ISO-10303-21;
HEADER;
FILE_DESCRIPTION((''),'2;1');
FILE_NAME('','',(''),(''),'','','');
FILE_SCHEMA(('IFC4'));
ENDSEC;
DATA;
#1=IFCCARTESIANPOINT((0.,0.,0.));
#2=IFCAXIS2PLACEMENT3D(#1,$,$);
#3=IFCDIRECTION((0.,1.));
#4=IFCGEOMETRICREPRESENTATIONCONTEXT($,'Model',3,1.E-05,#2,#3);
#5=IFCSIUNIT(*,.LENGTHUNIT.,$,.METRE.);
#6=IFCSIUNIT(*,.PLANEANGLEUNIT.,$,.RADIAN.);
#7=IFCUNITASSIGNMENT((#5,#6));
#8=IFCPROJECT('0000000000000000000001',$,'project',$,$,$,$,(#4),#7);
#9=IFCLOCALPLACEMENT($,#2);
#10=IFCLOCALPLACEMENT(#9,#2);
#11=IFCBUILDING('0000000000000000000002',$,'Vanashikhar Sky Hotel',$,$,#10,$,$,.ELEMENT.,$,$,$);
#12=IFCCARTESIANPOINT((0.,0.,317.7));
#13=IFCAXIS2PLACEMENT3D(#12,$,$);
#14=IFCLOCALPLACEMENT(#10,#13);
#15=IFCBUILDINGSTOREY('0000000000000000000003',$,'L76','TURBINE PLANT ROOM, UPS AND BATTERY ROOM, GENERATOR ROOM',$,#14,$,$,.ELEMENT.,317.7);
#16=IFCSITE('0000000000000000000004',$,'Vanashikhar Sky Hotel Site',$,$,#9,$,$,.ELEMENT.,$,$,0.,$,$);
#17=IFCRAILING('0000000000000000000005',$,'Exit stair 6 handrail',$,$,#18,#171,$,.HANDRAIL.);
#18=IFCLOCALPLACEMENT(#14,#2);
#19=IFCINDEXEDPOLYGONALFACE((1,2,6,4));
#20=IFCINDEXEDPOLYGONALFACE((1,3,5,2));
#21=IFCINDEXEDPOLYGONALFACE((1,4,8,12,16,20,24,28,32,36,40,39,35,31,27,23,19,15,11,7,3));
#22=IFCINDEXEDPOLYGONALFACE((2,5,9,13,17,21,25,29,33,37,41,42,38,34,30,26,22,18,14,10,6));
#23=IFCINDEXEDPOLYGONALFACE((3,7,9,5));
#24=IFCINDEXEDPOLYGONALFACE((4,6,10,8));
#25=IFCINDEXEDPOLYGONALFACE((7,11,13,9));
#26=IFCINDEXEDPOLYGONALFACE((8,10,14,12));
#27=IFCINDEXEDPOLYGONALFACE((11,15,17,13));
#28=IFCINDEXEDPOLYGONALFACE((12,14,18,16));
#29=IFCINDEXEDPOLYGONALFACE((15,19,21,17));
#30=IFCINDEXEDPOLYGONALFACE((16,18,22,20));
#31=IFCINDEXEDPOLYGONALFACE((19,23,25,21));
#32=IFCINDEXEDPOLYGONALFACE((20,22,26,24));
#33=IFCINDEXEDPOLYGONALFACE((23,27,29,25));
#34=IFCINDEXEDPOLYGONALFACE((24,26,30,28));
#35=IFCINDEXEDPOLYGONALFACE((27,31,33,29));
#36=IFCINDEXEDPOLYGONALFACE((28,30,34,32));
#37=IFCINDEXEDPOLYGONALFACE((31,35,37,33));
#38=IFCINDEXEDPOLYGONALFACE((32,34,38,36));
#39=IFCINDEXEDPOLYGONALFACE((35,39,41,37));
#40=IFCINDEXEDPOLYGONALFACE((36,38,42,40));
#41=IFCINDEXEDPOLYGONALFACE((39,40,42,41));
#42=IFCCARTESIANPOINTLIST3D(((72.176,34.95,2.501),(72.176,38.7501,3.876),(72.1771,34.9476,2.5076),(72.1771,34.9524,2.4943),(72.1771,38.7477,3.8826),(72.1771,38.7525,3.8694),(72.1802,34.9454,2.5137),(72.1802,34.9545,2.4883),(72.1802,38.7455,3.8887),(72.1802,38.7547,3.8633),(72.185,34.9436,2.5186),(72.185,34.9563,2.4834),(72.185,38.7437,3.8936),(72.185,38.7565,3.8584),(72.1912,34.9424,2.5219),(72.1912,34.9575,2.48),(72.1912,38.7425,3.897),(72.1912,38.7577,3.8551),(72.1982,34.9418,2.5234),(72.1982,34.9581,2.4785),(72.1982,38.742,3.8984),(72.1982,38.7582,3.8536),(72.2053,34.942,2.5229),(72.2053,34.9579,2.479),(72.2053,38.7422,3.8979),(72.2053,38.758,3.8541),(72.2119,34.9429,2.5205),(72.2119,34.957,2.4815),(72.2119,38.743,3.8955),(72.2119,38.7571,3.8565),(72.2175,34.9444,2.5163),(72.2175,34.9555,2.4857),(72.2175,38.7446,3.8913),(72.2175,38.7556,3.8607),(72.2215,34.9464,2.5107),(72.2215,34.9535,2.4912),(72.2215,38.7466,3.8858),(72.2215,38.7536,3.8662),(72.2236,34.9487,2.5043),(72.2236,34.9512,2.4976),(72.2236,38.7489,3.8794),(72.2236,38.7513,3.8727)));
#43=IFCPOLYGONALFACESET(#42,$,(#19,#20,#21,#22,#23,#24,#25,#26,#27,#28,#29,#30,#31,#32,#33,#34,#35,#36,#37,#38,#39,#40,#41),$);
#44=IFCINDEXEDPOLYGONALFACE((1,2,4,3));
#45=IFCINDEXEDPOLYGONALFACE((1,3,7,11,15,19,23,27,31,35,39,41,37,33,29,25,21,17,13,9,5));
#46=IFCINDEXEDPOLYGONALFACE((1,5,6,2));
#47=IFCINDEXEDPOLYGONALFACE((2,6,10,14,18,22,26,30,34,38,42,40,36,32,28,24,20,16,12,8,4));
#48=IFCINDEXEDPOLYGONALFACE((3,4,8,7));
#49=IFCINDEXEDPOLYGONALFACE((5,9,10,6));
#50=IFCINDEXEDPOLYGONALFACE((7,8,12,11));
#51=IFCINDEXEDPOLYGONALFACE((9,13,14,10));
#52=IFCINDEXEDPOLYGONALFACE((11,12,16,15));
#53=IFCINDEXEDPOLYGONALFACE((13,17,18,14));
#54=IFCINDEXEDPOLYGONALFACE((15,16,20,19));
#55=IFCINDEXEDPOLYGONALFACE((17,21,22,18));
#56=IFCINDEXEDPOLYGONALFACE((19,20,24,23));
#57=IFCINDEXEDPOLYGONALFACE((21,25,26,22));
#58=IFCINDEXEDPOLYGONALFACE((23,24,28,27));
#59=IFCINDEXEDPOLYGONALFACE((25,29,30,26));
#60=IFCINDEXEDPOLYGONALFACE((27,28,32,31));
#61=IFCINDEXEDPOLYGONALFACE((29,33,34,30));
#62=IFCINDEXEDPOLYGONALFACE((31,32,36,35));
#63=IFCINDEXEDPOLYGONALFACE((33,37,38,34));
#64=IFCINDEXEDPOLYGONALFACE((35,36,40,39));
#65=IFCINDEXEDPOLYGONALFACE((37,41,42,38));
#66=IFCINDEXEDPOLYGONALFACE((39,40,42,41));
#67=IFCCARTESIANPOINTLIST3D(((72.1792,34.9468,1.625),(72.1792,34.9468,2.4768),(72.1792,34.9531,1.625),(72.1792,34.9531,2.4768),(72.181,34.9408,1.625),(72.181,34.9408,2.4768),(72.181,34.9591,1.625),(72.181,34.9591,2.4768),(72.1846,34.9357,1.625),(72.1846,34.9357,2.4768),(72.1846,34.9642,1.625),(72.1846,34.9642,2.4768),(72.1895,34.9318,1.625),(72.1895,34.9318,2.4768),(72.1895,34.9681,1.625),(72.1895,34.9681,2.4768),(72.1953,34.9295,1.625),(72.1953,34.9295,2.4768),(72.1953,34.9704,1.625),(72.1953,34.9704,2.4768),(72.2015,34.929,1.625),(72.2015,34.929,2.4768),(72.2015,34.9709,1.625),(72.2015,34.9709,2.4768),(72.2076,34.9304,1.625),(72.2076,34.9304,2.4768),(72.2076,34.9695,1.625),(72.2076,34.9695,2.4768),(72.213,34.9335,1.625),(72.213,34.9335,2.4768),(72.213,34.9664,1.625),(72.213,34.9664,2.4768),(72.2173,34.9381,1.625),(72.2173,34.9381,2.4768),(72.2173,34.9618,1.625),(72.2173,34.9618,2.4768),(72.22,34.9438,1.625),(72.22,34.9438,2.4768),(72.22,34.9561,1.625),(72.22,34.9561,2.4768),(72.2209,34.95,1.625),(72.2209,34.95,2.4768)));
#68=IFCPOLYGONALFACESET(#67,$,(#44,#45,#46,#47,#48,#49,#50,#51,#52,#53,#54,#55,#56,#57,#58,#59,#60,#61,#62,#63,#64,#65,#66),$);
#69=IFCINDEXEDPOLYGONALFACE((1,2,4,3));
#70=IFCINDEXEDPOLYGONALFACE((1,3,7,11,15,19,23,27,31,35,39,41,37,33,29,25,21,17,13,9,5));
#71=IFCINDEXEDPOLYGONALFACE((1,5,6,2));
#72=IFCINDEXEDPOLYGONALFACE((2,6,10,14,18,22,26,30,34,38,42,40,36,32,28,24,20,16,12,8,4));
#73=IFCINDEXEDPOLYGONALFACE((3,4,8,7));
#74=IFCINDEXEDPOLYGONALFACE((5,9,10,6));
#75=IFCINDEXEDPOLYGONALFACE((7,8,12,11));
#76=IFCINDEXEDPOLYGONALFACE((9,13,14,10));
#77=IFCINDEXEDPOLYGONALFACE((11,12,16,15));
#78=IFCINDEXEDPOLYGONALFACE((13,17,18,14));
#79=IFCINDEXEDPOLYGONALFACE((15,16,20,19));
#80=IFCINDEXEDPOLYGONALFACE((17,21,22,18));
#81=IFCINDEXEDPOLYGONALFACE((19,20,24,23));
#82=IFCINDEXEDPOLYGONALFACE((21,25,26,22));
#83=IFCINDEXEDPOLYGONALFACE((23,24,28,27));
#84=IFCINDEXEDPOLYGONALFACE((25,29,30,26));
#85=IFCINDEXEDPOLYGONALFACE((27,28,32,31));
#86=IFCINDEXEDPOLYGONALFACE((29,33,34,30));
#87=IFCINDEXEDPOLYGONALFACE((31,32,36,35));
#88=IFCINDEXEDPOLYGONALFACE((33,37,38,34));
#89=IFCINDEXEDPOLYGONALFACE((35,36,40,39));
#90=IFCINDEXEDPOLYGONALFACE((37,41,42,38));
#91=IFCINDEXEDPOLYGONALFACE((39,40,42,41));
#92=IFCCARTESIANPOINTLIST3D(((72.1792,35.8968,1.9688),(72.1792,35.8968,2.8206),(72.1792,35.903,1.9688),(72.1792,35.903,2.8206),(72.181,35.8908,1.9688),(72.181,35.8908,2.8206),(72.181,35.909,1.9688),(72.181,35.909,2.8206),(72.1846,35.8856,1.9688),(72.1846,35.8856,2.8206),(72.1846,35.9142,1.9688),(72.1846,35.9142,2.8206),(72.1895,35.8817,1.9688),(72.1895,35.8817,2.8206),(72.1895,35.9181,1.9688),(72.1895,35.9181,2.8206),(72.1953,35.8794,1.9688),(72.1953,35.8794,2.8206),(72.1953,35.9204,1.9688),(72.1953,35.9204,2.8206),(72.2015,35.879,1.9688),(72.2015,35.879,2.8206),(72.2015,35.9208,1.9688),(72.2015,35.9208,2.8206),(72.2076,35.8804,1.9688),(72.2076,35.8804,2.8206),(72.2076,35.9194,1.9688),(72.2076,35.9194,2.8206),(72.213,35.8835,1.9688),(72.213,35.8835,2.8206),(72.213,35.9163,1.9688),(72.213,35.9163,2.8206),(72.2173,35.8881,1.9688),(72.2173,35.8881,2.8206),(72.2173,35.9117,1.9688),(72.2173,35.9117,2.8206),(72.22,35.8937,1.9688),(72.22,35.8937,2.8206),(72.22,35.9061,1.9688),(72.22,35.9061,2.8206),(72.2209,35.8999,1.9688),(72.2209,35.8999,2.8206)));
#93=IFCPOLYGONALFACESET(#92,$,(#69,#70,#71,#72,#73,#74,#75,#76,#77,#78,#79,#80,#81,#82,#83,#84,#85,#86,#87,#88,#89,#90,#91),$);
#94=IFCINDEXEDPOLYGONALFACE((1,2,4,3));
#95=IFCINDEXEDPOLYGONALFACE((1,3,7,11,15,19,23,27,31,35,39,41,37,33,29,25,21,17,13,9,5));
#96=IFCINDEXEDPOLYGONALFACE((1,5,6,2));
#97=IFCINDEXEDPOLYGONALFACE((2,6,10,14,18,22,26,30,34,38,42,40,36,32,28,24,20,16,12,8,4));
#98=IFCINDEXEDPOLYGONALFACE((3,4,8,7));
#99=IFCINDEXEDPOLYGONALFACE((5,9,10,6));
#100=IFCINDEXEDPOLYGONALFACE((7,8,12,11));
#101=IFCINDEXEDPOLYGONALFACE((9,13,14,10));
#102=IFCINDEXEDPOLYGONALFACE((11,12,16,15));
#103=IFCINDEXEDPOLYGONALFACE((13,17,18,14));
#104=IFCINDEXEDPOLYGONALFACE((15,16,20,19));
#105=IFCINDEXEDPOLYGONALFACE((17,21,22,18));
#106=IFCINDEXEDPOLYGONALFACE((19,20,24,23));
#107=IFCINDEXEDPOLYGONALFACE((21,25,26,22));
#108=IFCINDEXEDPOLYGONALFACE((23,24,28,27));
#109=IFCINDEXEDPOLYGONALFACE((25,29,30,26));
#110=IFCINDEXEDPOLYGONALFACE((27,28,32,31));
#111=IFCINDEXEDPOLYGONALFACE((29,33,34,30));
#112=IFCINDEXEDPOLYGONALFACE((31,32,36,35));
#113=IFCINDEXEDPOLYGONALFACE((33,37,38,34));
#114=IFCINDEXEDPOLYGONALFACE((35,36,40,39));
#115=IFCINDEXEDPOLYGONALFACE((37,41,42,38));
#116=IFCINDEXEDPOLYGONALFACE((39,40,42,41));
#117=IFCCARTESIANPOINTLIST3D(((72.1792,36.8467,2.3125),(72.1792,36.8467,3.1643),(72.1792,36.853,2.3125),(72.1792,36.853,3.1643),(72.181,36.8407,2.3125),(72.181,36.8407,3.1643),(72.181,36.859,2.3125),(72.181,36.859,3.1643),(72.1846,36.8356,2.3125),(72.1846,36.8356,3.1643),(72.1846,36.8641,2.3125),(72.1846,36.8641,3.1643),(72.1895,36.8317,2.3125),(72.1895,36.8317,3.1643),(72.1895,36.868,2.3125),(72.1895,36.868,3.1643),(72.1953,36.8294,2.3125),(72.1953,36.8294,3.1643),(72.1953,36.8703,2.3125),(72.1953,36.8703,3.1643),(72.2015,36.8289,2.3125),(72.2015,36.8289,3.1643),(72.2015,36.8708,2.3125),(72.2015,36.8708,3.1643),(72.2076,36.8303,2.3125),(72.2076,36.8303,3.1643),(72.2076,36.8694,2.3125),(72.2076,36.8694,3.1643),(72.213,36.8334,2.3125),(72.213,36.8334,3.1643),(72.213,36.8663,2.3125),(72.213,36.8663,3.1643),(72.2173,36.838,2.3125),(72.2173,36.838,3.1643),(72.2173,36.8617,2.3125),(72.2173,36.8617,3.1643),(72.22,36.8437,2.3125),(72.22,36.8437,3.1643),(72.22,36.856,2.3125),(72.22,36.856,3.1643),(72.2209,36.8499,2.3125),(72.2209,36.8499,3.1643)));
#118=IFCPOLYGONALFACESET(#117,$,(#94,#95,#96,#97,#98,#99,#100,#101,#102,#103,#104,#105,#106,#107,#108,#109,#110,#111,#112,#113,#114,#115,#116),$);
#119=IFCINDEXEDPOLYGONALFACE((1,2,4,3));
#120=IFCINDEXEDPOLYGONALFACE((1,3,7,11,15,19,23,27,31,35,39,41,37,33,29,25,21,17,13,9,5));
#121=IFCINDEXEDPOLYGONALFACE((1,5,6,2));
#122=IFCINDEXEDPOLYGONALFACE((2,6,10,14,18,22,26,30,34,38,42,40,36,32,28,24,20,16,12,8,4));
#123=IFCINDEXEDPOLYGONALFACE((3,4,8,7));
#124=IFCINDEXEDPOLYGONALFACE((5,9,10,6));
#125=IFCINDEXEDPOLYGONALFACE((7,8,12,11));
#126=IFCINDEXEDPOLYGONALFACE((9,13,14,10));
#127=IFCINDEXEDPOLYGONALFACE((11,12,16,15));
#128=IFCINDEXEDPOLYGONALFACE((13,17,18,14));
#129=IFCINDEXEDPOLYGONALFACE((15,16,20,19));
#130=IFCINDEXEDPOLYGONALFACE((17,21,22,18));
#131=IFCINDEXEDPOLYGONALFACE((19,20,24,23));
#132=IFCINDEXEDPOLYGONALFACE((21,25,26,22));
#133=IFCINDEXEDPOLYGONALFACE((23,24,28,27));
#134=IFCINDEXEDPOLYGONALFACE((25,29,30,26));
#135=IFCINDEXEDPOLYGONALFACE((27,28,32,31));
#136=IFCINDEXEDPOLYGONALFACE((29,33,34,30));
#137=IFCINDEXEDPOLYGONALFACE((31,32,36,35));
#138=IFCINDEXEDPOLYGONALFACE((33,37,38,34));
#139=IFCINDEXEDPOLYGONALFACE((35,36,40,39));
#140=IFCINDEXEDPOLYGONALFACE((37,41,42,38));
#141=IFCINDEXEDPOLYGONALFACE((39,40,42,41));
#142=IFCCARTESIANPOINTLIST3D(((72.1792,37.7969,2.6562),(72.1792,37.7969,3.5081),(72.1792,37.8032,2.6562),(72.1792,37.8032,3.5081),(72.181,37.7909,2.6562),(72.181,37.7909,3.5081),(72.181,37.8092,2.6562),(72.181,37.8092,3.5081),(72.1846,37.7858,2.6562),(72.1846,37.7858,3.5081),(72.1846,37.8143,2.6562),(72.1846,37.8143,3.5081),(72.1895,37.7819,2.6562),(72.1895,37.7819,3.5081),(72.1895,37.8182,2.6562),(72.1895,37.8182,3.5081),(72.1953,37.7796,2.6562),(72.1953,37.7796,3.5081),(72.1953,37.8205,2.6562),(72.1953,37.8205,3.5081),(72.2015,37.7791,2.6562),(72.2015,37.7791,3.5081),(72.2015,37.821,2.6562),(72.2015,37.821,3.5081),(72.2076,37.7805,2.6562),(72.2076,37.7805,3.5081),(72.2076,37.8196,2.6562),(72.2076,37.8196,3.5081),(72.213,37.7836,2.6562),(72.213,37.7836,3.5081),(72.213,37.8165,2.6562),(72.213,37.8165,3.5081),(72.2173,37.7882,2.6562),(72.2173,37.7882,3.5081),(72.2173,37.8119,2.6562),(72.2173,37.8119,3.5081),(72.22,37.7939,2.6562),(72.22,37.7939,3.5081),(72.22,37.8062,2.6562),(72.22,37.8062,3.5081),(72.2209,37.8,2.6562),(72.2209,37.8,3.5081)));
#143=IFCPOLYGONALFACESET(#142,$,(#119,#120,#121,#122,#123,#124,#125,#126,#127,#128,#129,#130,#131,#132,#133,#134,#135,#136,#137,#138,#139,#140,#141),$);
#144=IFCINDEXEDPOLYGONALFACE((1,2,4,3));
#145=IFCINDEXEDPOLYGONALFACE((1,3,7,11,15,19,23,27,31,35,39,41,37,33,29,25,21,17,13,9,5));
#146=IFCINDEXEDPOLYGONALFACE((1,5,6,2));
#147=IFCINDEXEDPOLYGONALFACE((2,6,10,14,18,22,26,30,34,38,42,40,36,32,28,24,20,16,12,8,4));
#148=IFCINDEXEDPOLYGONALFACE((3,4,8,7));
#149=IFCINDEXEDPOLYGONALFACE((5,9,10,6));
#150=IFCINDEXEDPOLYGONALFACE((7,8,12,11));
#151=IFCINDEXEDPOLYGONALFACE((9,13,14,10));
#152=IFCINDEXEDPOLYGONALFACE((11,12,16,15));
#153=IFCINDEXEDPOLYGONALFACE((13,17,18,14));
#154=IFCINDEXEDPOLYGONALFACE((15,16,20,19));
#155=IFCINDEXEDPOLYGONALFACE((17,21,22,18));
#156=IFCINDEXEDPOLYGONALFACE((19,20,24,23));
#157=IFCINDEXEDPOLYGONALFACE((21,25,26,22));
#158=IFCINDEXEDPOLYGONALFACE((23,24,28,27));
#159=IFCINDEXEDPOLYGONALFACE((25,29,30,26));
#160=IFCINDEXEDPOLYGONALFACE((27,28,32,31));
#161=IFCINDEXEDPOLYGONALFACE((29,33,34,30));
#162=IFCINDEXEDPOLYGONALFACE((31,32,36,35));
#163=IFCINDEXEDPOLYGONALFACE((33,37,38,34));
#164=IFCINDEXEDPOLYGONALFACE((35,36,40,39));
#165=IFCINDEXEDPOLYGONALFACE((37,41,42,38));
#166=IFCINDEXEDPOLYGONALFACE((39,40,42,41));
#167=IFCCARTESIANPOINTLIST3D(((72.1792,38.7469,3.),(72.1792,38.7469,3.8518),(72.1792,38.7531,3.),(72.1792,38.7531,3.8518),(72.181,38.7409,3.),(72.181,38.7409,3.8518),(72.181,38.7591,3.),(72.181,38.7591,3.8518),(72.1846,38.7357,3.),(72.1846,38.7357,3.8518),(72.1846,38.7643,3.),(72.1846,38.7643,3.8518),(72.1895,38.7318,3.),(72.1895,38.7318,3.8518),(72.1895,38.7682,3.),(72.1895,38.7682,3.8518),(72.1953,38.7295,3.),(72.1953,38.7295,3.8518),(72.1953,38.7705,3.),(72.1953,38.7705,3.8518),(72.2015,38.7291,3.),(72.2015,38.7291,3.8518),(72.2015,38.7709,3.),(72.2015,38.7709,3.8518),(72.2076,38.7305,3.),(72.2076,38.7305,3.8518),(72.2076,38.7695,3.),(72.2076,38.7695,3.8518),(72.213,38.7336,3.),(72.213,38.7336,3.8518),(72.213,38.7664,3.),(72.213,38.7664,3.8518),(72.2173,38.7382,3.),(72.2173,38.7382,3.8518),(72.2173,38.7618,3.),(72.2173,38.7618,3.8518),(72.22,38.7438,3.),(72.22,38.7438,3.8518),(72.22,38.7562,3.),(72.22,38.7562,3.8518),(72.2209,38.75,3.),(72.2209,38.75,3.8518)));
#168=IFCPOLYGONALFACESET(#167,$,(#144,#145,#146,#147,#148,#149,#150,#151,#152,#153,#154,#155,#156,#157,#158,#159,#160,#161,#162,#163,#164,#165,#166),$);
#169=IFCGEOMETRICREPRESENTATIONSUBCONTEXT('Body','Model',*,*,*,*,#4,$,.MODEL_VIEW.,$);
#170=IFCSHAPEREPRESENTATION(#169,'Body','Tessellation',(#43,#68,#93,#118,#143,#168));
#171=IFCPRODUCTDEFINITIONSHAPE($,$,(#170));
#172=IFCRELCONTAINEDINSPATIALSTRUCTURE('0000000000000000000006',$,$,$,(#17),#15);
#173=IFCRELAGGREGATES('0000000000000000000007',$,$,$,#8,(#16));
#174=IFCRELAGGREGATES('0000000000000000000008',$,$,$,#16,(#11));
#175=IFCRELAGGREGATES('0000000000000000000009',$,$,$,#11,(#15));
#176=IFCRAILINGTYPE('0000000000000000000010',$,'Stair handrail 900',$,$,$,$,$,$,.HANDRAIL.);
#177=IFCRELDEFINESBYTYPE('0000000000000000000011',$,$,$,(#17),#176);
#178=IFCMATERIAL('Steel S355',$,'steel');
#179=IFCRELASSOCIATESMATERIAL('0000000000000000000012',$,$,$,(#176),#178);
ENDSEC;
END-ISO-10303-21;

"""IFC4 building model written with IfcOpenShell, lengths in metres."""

from ifc_helpers import new_model, si_unit, direction, frame, origin, origin_2d, place, context, subcontext, project, spatial, circle, extrude, source, transform, mapped, material, type_object, element, save


model = new_model("IFC4")

# Units and contexts
model_context = context("Model", 3, precision=1e-05, world=origin(), true_north=direction((0.0, 1.0)))
body_context = subcontext(model_context, "Body", "Model", "MODEL_VIEW")
ifc_project = project(units=[si_unit("LENGTHUNIT", "METRE"), si_unit("PLANEANGLEUNIT", "RADIAN")], contexts=[model_context])

# Site, building, storey
site_placement = place(None, origin())
site = spatial("IfcSite", under=ifc_project, at=site_placement, Name="Vanashikhar Sky Hotel Site", CompositionType="ELEMENT", RefElevation=0.0)
building_placement = place(site_placement, origin())
building = spatial("IfcBuilding", under=site, at=building_placement, Name="Vanashikhar Sky Hotel", CompositionType="ELEMENT")
storey_placement = place(building_placement, frame((0.0, 0.0, 317.7)))
storey = spatial("IfcBuildingStorey", under=building, at=storey_placement, Name="L76", Description="TURBINE PLANT ROOM, UPS AND BATTERY ROOM, GENERATOR ROOM", CompositionType="ELEMENT", Elevation=317.7)

# Railing
ifc_material_1 = material(Name="Steel S355", Category="steel")
railing_type_1 = type_object("IfcRailingType", Name="Stair handrail 900", PredefinedType="HANDRAIL", material=ifc_material_1)
shared_shape_1 = source(origin(), body_context, "Body", "SweptSolid", [
    extrude(circle(Radius=0.0239, at=origin_2d()), frame((0.0, 0.0, 0.876), z_axis=(0.0, 0.940336, 0.340249), x_axis=(-1.0, 0.0, 0.0)), (0.0, 0.0, 1.0), 4.0413),
    extrude(circle(Radius=0.021, at=origin_2d()), origin(), (0.0, 0.0, 1.0), 0.8518),
    extrude(circle(Radius=0.021, at=origin_2d()), frame((0.0, 0.95, 0.3438)), (0.0, 0.0, 1.0), 0.8518),
    extrude(circle(Radius=0.021, at=origin_2d()), frame((0.0, 1.8999, 0.6875)), (0.0, 0.0, 1.0), 0.8518),
    extrude(circle(Radius=0.021, at=origin_2d()), frame((0.0, 2.8501, 1.0312)), (0.0, 0.0, 1.0), 0.8518),
    extrude(circle(Radius=0.021, at=origin_2d()), frame((0.0, 3.8, 1.375)), (0.0, 0.0, 1.0), 0.8518),
])
for number, where, name in (
    (1, (72.2, 34.95, 1.625), "Exit stair 6 handrail"),
):
    element("IfcRailing", number, at=place(storey_placement, frame(where)), inside=storey, type_object=railing_type_1, Name=name, PredefinedType="HANDRAIL", context=body_context, shape_type="MappedRepresentation", body=[
        mapped(shared_shape_1, transform((0.0, 0.0, 0.0), scale=1.0)),
    ])

save(model, "model.ifc")
